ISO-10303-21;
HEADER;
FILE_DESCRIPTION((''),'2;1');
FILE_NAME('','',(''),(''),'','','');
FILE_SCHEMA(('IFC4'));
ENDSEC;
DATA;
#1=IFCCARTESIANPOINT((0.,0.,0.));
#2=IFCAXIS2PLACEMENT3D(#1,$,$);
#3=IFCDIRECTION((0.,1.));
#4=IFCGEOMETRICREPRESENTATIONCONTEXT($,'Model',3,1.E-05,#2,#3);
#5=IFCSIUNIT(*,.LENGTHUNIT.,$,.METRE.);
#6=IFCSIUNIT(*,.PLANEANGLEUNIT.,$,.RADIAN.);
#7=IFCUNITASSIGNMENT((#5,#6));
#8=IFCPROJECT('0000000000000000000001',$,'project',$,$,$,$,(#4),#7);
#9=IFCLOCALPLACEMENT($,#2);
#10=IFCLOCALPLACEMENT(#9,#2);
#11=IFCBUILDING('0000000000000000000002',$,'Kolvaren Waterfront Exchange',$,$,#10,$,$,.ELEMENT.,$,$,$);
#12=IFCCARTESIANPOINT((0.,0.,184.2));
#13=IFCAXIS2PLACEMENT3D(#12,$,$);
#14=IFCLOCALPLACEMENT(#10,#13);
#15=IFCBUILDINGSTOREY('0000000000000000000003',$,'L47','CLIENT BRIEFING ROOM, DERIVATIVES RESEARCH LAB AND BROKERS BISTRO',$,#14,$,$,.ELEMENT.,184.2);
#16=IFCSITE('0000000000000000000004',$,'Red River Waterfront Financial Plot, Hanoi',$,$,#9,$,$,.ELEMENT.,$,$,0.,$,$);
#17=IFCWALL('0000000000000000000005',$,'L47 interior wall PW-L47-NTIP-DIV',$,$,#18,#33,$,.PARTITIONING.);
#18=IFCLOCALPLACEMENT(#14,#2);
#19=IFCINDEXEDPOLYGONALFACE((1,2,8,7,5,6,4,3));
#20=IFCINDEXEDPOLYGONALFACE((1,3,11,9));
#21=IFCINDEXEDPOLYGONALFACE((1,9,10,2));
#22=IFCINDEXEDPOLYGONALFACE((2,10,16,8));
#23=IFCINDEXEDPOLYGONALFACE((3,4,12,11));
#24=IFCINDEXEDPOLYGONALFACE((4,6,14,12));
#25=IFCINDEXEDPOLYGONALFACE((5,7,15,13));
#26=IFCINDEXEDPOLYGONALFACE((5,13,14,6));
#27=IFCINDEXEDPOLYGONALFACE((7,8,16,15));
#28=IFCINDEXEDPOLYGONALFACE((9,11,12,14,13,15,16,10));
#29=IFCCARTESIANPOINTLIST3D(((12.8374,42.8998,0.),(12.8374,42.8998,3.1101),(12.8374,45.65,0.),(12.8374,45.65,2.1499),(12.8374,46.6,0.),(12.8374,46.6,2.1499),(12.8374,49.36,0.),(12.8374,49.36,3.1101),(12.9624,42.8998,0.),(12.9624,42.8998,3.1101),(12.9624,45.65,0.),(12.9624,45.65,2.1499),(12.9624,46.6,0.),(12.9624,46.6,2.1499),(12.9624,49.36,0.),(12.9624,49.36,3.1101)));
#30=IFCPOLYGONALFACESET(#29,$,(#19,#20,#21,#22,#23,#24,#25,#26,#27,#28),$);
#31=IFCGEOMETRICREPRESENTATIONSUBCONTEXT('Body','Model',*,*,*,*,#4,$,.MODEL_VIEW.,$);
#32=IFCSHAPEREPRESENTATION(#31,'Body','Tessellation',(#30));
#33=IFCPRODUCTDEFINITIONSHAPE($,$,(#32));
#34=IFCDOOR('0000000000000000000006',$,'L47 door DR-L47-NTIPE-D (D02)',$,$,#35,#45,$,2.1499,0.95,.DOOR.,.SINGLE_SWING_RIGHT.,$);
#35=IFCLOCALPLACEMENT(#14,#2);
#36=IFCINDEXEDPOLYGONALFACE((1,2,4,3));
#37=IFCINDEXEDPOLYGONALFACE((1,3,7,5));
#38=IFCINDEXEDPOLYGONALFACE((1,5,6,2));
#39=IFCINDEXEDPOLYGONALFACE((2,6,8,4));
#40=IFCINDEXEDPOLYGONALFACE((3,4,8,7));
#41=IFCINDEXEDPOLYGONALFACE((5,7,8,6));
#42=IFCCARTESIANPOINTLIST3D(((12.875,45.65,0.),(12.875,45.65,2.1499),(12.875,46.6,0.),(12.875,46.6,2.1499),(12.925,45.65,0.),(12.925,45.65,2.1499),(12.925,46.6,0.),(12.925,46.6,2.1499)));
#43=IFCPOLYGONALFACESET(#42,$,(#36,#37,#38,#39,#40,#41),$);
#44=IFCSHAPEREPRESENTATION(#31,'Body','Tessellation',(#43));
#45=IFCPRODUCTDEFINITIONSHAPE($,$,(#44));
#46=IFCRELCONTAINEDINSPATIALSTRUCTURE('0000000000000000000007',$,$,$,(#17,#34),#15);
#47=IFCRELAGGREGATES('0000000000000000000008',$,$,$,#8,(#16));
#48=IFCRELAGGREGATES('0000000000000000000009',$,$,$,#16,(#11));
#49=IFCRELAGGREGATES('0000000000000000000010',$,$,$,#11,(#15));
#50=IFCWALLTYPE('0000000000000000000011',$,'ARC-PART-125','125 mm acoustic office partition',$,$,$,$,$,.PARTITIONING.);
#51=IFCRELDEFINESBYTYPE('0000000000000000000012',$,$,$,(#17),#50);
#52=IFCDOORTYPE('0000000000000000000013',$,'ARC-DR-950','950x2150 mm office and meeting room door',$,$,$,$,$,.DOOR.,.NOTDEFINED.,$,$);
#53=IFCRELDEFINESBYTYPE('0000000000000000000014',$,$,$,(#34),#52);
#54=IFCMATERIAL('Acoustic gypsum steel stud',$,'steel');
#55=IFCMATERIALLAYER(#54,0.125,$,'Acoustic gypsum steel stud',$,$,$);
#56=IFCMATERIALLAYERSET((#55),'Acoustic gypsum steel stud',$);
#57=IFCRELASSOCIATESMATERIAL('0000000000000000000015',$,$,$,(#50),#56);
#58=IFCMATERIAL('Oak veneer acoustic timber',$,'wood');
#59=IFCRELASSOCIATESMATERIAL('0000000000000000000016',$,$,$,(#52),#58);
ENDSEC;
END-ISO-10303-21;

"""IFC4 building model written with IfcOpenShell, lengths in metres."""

from ifc_helpers import new_model, si_unit, direction, frame, frame_2d, origin, place, context, subcontext, project, spatial, rectangle, extrude, material, layer, layer_set, type_object, element, fill, save


model = new_model("IFC4")

# Units and contexts
model_context = context("Model", 3, precision=1e-05, world=origin(), true_north=direction((0.0, 1.0)))
body_context = subcontext(model_context, "Body", "Model", "MODEL_VIEW")
ifc_project = project(units=[si_unit("LENGTHUNIT", "METRE"), si_unit("PLANEANGLEUNIT", "RADIAN")], contexts=[model_context])

# Site, building, storey
site_placement = place(None, origin())
site = spatial("IfcSite", under=ifc_project, at=site_placement, Name="Red River Waterfront Financial Plot, Hanoi", CompositionType="ELEMENT", RefElevation=0.0)
building_placement = place(site_placement, origin())
building = spatial("IfcBuilding", under=site, at=building_placement, Name="Kolvaren Waterfront Exchange", CompositionType="ELEMENT")
storey_placement = place(building_placement, frame((0.0, 0.0, 184.2)))
storey = spatial("IfcBuildingStorey", under=building, at=storey_placement, Name="L47", Description="CLIENT BRIEFING ROOM, DERIVATIVES RESEARCH LAB AND BROKERS BISTRO", CompositionType="ELEMENT", Elevation=184.2)

# Wall, opening, door
ifc_material_1 = material(Name="Acoustic gypsum steel stud", Category="steel")
ifc_layer_1 = layer(ifc_material_1, 0.125, Name="Acoustic gypsum steel stud")
ifc_layer_set_1 = layer_set([ifc_layer_1], Name="Acoustic gypsum steel stud")
wall_type_1 = type_object("IfcWallType", Name="ARC-PART-125", Description="125 mm acoustic office partition", PredefinedType="PARTITIONING", material=ifc_layer_set_1)
wall_1_placement = place(storey_placement, frame((12.8999, 42.8999, 0.0), z_axis=(0.0, 0.0, 1.0), x_axis=(0.0, 1.0, 0.0)))
wall_1 = element("IfcWall", 1, at=wall_1_placement, inside=storey, type_object=wall_type_1, Name="L47 interior wall PW-L47-NTIP-DIV", PredefinedType="PARTITIONING", context=body_context, shape_type="SweptSolid", body=[
    extrude(rectangle(XDim=6.4602, YDim=0.125, at=frame_2d((3.23, 0.0))), origin(), (0.0, 0.0, 1.0), 3.1101),
])
opening_1_placement = place(wall_1_placement, frame((2.75, 0.0, 0.0)))
opening_1 = element("IfcOpeningElement", 2, at=opening_1_placement, cuts=wall_1, PredefinedType="OPENING", context=body_context, shape_type="SweptSolid", body=[
    extrude(rectangle(XDim=0.95, YDim=2.1499, at=frame_2d((0.4751, 1.075))), frame((0.0, 0.0725, 0.0), z_axis=(0.0, -1.0, 0.0), x_axis=(1.0, 0.0, 0.0)), (0.0, 0.0, 1.0), 0.145),
])
ifc_material_2 = material(Name="Oak veneer acoustic timber", Category="wood")
door_type_1 = type_object("IfcDoorType", Name="ARC-DR-950", Description="950x2150 mm office and meeting room door", OperationType="NOTDEFINED", PredefinedType="DOOR", material=ifc_material_2)
door_1_placement = place(opening_1_placement, origin())
door_1 = element("IfcDoor", 3, at=door_1_placement, inside=storey, type_object=door_type_1, Name="L47 door DR-L47-NTIPE-D (D02)", OperationType="SINGLE_SWING_RIGHT", OverallHeight=2.1499, OverallWidth=0.95, PredefinedType="DOOR", context=body_context, shape_type="SweptSolid", body=[
    extrude(rectangle(XDim=0.95, YDim=2.1499, at=frame_2d((0.4751, 1.075))), frame((0.0, 0.0249, 0.0), z_axis=(0.0, -1.0, 0.0), x_axis=(1.0, 0.0, 0.0)), (0.0, 0.0, 1.0), 0.05),
])
fill(opening_1, door_1)

save(model, "model.ifc")
